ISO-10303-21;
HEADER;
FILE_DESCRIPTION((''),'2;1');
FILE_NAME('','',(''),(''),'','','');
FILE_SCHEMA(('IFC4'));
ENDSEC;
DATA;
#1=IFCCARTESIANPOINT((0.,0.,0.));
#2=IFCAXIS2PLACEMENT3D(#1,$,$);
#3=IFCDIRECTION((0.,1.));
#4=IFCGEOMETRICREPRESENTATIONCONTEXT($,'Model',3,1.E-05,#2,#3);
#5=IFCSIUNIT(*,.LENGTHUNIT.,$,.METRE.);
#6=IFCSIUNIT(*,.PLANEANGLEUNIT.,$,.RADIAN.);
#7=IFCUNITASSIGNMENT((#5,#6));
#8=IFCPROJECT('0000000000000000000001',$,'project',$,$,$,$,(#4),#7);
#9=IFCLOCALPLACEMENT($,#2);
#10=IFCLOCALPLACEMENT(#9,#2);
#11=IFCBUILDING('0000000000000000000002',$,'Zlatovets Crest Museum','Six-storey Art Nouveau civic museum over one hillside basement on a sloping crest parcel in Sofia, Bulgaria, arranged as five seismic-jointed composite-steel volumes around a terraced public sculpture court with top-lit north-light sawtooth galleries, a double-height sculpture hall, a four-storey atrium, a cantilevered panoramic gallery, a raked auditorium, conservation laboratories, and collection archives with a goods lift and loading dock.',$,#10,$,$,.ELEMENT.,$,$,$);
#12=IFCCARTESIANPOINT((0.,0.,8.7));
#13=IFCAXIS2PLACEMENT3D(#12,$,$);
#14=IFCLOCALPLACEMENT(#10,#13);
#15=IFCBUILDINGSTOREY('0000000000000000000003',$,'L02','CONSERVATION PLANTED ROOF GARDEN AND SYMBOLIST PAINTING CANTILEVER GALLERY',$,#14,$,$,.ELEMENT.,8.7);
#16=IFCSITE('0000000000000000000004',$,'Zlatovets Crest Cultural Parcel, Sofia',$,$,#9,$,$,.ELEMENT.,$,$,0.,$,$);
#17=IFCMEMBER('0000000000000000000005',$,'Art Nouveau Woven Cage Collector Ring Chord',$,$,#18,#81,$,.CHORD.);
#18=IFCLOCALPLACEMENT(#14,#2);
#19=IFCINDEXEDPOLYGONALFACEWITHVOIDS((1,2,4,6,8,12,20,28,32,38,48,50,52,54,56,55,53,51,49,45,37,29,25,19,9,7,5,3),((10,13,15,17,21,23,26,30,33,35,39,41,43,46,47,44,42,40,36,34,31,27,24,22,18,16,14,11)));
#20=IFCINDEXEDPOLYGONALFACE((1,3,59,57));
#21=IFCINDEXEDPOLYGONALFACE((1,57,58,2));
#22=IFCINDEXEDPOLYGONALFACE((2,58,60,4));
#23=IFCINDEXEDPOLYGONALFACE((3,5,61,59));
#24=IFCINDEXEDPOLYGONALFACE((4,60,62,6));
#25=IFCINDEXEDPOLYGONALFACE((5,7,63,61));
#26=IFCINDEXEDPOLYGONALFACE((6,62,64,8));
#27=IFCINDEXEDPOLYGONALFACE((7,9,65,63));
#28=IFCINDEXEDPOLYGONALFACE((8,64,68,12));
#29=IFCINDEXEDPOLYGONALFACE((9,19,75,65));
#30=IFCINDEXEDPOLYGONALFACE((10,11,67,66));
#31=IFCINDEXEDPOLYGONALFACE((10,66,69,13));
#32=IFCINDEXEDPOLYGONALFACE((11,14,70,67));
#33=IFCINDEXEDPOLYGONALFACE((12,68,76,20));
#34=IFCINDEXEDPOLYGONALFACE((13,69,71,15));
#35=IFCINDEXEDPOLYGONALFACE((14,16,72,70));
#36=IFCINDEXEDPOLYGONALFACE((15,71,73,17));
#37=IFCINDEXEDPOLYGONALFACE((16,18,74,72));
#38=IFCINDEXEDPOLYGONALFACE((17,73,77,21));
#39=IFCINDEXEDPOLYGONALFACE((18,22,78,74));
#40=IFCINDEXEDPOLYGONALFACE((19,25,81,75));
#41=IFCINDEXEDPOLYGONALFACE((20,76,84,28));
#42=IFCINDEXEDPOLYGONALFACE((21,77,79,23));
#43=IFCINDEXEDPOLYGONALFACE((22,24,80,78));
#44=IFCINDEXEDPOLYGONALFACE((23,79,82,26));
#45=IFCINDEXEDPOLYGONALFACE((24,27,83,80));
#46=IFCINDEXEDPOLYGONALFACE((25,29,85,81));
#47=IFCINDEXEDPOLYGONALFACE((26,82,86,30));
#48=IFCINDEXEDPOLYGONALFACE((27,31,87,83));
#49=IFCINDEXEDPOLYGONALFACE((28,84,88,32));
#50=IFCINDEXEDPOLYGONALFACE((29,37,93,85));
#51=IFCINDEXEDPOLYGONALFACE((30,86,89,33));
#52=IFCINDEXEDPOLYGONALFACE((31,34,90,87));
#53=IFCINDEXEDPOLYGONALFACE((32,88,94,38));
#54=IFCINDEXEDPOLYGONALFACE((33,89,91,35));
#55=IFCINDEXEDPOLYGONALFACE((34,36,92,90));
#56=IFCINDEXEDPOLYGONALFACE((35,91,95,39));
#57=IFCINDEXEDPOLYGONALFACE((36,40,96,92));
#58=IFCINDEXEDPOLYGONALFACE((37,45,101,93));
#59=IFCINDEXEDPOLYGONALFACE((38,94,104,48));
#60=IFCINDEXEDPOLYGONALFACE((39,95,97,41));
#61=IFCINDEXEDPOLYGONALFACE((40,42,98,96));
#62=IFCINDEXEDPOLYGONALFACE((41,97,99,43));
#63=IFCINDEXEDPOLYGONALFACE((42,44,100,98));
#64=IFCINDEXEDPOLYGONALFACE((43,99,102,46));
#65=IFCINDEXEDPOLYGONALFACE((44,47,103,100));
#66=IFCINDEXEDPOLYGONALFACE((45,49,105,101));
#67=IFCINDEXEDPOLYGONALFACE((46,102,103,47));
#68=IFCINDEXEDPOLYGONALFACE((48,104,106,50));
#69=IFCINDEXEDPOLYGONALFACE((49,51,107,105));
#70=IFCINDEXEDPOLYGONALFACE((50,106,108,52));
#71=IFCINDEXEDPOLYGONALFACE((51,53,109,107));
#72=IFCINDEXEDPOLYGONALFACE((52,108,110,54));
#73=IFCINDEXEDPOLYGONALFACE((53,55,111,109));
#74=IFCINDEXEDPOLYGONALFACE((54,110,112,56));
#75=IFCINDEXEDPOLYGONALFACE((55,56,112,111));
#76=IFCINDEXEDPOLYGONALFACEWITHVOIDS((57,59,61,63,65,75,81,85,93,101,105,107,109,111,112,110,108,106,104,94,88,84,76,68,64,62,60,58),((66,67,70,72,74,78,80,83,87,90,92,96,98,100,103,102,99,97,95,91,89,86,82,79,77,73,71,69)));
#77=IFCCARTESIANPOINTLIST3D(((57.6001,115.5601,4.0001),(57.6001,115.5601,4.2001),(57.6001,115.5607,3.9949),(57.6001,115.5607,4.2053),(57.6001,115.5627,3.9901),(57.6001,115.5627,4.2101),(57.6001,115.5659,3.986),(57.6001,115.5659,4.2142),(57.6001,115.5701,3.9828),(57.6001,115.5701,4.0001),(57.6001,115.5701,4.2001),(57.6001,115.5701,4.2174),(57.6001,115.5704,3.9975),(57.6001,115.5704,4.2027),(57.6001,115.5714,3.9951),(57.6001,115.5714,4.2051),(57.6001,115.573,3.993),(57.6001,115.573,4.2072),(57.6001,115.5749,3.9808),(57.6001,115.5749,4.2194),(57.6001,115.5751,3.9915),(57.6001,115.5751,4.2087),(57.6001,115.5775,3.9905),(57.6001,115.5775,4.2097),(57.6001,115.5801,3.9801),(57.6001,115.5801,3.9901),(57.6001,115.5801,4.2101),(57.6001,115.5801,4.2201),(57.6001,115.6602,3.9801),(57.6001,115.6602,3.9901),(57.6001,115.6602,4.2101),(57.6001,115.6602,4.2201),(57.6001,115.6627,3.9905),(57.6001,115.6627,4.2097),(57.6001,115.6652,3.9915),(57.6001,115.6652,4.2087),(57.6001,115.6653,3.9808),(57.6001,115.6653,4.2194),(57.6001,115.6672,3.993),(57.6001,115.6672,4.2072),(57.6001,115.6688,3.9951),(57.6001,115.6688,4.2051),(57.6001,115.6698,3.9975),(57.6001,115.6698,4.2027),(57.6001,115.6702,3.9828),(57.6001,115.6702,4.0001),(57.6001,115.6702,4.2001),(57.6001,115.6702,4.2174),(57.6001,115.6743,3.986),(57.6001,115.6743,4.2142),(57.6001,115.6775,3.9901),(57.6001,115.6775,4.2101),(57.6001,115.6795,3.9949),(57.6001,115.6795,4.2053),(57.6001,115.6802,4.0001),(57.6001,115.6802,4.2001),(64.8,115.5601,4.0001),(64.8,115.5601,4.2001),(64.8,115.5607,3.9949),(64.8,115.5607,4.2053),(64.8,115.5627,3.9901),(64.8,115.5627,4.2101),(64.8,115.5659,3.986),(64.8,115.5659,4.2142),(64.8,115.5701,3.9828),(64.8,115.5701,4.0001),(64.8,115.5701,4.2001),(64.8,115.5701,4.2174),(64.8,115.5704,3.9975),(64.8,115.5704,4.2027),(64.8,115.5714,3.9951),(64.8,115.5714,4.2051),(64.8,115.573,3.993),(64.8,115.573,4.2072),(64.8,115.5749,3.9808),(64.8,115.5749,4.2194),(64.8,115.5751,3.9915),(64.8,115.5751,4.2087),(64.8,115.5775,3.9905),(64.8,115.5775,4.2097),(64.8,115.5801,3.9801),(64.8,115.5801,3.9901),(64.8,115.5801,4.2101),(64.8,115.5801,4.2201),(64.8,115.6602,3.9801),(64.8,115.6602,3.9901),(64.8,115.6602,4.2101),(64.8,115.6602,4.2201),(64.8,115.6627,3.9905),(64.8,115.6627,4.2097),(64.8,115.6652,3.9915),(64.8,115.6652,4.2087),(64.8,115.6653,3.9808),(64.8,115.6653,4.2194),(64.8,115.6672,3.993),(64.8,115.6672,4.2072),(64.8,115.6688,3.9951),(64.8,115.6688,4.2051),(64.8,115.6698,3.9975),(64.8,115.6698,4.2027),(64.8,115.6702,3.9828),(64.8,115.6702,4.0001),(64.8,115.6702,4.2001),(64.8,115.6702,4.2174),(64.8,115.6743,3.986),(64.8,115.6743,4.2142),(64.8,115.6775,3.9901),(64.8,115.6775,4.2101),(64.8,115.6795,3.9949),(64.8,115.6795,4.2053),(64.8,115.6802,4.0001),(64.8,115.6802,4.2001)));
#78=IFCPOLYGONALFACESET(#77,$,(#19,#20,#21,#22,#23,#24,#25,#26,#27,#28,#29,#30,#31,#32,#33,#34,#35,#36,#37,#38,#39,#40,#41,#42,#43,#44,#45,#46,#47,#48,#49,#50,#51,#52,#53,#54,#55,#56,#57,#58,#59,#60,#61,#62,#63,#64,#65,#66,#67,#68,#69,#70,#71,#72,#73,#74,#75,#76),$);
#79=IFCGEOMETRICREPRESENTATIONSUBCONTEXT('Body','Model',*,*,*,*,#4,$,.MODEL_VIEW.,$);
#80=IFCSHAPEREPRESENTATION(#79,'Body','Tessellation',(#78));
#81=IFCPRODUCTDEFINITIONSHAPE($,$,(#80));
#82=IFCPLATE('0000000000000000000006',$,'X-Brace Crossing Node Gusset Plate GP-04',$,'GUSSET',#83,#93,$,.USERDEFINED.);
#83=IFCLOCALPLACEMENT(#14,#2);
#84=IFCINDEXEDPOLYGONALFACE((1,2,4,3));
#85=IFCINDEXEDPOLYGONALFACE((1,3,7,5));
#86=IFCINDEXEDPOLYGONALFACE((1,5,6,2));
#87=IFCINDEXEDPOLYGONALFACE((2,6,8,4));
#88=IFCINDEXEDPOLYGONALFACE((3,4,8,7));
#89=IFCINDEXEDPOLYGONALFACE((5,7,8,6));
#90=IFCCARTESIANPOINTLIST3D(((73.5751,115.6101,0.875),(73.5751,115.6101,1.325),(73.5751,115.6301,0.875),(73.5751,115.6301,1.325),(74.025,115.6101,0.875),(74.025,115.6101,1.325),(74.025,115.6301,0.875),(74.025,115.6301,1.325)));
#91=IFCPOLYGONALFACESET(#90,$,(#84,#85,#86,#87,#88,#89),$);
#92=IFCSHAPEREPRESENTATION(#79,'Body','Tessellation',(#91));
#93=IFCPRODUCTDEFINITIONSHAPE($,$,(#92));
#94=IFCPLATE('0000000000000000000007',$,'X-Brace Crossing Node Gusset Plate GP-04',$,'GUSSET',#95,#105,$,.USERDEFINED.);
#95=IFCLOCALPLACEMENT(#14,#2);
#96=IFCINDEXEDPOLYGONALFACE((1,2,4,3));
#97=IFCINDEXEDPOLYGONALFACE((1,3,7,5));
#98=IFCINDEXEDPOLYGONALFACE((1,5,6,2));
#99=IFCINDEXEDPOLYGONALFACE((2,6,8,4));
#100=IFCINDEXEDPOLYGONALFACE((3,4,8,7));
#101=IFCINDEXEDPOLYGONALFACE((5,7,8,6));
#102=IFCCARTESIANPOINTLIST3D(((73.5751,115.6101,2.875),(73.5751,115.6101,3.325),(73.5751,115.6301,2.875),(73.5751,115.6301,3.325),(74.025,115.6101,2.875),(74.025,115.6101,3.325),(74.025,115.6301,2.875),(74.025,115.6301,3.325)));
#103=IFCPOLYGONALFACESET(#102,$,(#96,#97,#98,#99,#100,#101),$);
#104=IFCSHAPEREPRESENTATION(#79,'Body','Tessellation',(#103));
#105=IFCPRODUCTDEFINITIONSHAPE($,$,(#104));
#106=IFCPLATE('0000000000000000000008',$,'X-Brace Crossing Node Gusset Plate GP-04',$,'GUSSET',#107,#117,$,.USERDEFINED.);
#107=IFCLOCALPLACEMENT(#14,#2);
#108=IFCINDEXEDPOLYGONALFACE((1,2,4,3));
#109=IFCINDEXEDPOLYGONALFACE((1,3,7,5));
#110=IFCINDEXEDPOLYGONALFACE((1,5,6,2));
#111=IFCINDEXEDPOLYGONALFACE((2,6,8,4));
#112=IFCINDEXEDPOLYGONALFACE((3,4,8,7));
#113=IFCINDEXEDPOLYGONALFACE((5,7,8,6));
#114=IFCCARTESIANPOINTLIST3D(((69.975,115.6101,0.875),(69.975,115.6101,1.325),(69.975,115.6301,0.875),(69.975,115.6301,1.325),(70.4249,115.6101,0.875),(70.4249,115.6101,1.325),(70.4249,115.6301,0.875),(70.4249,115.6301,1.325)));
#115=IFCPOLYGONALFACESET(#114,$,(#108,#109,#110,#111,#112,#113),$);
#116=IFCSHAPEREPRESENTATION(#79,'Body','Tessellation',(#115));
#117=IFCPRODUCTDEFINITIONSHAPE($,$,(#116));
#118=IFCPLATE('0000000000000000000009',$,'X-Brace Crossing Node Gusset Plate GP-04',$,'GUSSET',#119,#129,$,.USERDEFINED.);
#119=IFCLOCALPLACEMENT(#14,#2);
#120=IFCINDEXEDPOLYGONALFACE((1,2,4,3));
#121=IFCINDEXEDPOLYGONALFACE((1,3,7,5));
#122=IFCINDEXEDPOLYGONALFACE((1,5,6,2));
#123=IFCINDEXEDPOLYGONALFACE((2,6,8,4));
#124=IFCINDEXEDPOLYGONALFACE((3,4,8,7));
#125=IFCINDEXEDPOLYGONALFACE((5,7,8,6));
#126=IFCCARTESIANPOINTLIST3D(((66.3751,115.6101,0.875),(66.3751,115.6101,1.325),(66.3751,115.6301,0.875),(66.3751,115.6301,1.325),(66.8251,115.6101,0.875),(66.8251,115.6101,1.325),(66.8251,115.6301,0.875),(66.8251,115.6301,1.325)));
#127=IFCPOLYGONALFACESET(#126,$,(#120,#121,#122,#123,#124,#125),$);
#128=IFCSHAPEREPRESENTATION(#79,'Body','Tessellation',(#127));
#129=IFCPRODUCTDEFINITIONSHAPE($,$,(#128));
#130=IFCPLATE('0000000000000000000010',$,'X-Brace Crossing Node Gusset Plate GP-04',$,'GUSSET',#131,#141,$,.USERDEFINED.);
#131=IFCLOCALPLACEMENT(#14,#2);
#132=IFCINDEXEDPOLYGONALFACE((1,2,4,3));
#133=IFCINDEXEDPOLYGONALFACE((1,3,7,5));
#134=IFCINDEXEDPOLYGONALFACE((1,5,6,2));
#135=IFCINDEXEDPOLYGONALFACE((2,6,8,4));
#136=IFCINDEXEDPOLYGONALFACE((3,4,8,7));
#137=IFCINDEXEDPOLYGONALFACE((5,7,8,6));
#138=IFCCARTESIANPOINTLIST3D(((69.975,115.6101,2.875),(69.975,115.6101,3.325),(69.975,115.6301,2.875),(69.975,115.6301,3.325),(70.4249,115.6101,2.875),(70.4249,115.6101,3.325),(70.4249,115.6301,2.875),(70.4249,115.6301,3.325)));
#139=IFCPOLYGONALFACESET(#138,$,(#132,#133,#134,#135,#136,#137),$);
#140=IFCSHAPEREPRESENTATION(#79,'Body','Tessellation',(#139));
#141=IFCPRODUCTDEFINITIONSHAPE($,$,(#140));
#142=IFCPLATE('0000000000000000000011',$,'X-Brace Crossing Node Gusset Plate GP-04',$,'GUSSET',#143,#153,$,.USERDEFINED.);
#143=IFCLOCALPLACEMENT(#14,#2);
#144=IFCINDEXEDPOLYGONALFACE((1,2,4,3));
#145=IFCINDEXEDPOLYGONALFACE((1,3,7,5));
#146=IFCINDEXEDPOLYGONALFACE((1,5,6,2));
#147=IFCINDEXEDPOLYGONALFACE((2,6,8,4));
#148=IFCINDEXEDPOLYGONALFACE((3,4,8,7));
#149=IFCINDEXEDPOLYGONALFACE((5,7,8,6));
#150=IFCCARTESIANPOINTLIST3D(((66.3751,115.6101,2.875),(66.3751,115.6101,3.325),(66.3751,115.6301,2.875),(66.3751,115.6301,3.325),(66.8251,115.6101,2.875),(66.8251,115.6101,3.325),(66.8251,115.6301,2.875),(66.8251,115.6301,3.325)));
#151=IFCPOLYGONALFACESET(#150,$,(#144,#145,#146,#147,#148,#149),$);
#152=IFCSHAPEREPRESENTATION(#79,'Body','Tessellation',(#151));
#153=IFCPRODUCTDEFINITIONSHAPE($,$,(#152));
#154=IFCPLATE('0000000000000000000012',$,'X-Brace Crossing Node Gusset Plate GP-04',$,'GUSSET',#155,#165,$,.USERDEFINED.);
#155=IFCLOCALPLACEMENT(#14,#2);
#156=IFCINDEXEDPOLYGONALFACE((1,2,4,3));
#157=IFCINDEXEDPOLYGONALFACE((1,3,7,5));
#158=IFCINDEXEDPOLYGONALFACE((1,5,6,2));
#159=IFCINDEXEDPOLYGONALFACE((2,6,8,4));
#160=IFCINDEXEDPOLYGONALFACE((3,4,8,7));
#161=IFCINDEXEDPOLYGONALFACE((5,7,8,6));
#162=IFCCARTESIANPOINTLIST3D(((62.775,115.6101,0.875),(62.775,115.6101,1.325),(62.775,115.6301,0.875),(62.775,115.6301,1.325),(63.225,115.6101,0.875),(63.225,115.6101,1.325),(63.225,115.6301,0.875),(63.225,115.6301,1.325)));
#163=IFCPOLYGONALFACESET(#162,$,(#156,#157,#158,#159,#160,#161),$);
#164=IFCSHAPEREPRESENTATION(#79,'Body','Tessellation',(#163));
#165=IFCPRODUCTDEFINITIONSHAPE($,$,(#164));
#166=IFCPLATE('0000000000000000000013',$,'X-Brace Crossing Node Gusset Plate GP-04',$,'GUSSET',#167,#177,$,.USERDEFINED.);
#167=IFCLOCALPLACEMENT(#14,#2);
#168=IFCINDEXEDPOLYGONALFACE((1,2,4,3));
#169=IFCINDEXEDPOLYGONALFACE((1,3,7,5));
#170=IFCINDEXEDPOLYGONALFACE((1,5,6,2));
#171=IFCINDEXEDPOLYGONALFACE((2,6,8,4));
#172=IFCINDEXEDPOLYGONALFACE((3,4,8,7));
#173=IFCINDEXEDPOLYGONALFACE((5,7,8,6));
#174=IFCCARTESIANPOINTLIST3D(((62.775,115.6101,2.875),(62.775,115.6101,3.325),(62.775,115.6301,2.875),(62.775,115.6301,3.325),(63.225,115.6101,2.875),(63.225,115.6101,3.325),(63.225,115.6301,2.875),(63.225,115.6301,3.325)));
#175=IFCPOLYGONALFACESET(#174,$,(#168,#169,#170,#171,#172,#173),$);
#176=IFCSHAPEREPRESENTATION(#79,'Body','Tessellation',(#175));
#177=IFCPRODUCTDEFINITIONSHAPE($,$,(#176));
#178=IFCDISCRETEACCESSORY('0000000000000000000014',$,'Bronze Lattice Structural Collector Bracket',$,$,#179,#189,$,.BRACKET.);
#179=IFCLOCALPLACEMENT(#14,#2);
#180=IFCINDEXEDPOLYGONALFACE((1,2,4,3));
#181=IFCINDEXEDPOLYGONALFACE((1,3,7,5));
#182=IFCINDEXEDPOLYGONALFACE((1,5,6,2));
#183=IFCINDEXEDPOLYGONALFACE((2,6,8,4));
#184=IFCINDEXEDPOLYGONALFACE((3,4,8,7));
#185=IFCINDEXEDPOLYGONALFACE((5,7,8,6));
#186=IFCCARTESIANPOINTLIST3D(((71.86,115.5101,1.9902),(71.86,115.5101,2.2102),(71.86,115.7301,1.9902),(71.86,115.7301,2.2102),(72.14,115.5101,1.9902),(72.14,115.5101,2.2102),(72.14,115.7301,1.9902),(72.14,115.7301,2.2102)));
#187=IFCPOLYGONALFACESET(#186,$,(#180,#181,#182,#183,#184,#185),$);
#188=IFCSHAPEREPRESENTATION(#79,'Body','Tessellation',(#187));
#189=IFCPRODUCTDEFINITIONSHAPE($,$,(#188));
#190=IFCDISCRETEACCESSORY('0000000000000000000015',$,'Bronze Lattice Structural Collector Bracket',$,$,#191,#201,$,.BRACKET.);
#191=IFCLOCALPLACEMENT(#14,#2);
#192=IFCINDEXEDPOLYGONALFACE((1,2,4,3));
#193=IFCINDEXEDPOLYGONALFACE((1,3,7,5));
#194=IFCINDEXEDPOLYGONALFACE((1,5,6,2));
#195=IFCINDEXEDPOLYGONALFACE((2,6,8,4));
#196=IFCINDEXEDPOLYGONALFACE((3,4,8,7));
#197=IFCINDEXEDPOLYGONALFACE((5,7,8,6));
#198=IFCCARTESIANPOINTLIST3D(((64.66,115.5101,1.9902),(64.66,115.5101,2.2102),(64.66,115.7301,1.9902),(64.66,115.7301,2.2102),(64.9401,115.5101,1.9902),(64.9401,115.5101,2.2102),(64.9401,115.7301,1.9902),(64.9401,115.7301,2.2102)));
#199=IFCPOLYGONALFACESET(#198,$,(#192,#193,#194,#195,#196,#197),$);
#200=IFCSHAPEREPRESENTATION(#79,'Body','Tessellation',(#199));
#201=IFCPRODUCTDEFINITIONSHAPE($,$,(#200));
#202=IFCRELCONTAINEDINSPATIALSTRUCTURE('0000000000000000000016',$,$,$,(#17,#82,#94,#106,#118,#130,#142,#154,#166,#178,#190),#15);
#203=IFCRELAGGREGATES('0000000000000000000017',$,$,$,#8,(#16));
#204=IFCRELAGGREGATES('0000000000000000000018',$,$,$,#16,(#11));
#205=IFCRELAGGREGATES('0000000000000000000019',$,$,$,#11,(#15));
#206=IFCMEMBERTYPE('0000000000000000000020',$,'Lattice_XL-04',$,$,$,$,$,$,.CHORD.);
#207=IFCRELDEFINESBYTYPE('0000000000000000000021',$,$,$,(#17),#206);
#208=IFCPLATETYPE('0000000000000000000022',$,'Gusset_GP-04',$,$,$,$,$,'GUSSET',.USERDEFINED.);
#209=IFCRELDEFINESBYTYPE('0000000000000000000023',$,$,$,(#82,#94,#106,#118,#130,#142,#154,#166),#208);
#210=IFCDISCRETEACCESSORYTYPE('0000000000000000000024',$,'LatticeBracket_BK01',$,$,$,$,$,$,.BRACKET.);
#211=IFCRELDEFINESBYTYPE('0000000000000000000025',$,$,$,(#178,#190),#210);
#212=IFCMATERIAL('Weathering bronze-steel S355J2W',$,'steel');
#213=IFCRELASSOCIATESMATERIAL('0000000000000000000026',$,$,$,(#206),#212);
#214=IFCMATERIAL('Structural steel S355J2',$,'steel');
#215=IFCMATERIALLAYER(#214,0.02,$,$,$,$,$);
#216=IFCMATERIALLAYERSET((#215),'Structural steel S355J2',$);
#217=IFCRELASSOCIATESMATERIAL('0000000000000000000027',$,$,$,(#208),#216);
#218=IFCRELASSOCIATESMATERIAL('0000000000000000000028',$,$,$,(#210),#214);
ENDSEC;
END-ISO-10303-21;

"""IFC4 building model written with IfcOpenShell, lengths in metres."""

from ifc_helpers import new_model, si_unit, direction, frame, origin, origin_2d, place, context, subcontext, project, spatial, rectangle, hollow_rectangle, extrude, material, layer, layer_set, material_profile, profile_set, type_object, element, save


model = new_model("IFC4")

# Units and contexts
model_context = context("Model", 3, precision=1e-05, world=origin(), true_north=direction((0.0, 1.0)))
body_context = subcontext(model_context, "Body", "Model", "MODEL_VIEW")
ifc_project = project(units=[si_unit("LENGTHUNIT", "METRE"), si_unit("PLANEANGLEUNIT", "RADIAN")], contexts=[model_context])

# Site, building, storey
site_placement = place(None, origin())
site = spatial("IfcSite", under=ifc_project, at=site_placement, Name="Zlatovets Crest Cultural Parcel, Sofia", CompositionType="ELEMENT", RefElevation=0.0)
building_placement = place(site_placement, origin())
building = spatial("IfcBuilding", under=site, at=building_placement, Name="Zlatovets Crest Museum", Description="Six-storey Art Nouveau civic museum over one hillside basement on a sloping crest parcel in Sofia, Bulgaria, arranged as five seismic-jointed composite-steel volumes around a terraced public sculpture court with top-lit north-light sawtooth galleries, a double-height sculpture hall, a four-storey atrium, a cantilevered panoramic gallery, a raked auditorium, conservation laboratories, and collection archives with a goods lift and loading dock.", CompositionType="ELEMENT")
storey_placement = place(building_placement, frame((0.0, 0.0, 8.7)))
storey = spatial("IfcBuildingStorey", under=building, at=storey_placement, Name="L02", Description="CONSERVATION PLANTED ROOF GARDEN AND SYMBOLIST PAINTING CANTILEVER GALLERY", CompositionType="ELEMENT", Elevation=8.7)

# Member
ifc_material_1 = material(Name="Weathering bronze-steel S355J2W", Category="steel")
ifc_material_profile_1 = material_profile(ifc_material_1, hollow_rectangle(XDim=0.1201, YDim=0.24, WallThickness=0.01, InnerFilletRadius=0.01, OuterFilletRadius=0.02, at=origin_2d()), Name="RHS 120x240x10.0")
ifc_profile_set_1 = profile_set([ifc_material_profile_1], Name="Weathering bronze-steel S355J2W")
member_type_1 = type_object("IfcMemberType", Name="Lattice_XL-04", PredefinedType="CHORD", material=ifc_profile_set_1)
for number, where, z_axis, x_axis, name in (
    (1, (64.8, 115.6201, 4.1001), (-1.0, 0.0, 0.0), (0.0, -1.0, 0.0), "Art Nouveau Woven Cage Collector Ring Chord"),
):
    element("IfcMember", number, at=place(storey_placement, frame(where, z_axis=z_axis, x_axis=x_axis)), inside=storey, type_object=member_type_1, Name=name, PredefinedType="CHORD", context=body_context, shape_type="SweptSolid", body=[
        extrude(hollow_rectangle(XDim=0.1201, YDim=0.24, WallThickness=0.01, InnerFilletRadius=0.01, OuterFilletRadius=0.02, at=origin_2d()), origin(), (0.0, 0.0, 1.0), 7.2),
    ])

# Plates
ifc_material_2 = material(Name="Structural steel S355J2", Category="steel")
ifc_layer = layer(ifc_material_2, 0.02)
ifc_layer_set = layer_set([ifc_layer], Name="Structural steel S355J2")
plate_type = type_object("IfcPlateType", Name="Gusset_GP-04", ElementType="GUSSET", PredefinedType="USERDEFINED", material=ifc_layer_set)
for number, where, z_axis, x_axis, name in (
    (2, (73.8, 115.6201, 0.875), (0.0, 0.0, 1.0), (1.0, 0.0, 0.0), "X-Brace Crossing Node Gusset Plate GP-04"),
    (3, (73.8, 115.6201, 2.875), (0.0, 0.0, 1.0), (1.0, 0.0, 0.0), "X-Brace Crossing Node Gusset Plate GP-04"),
    (4, (70.2, 115.6201, 0.875), (0.0, 0.0, 1.0), (1.0, 0.0, 0.0), "X-Brace Crossing Node Gusset Plate GP-04"),
    (5, (66.6001, 115.6201, 0.875), (0.0, 0.0, 1.0), (1.0, 0.0, 0.0), "X-Brace Crossing Node Gusset Plate GP-04"),
    (6, (70.2, 115.6201, 2.875), (0.0, 0.0, 1.0), (1.0, 0.0, 0.0), "X-Brace Crossing Node Gusset Plate GP-04"),
    (7, (66.6001, 115.6201, 2.875), (0.0, 0.0, 1.0), (1.0, 0.0, 0.0), "X-Brace Crossing Node Gusset Plate GP-04"),
    (8, (63.0, 115.6201, 0.875), (0.0, 0.0, 1.0), (1.0, 0.0, 0.0), "X-Brace Crossing Node Gusset Plate GP-04"),
    (9, (63.0, 115.6201, 2.875), (0.0, 0.0, 1.0), (1.0, 0.0, 0.0), "X-Brace Crossing Node Gusset Plate GP-04"),
):
    element("IfcPlate", number, at=place(storey_placement, frame(where, z_axis=z_axis, x_axis=x_axis)), inside=storey, type_object=plate_type, Name=name, ObjectType="GUSSET", PredefinedType="USERDEFINED", context=body_context, shape_type="SweptSolid", body=[
        extrude(rectangle(XDim=0.45, YDim=0.02, at=origin_2d()), origin(), (0.0, 0.0, 1.0), 0.45),
    ])

# Discrete accessories
discrete_accessory_type = type_object("IfcDiscreteAccessoryType", Name="LatticeBracket_BK01", PredefinedType="BRACKET", material=ifc_material_2)
for number, where, z_axis, x_axis, name in (
    (10, (72.0, 115.6201, 1.9902), (0.0, 0.0, 1.0), (1.0, 0.0, 0.0), "Bronze Lattice Structural Collector Bracket"),
    (11, (64.8, 115.6201, 1.9902), (0.0, 0.0, 1.0), (1.0, 0.0, 0.0), "Bronze Lattice Structural Collector Bracket"),
):
    element("IfcDiscreteAccessory", number, at=place(storey_placement, frame(where, z_axis=z_axis, x_axis=x_axis)), inside=storey, type_object=discrete_accessory_type, Name=name, PredefinedType="BRACKET", context=body_context, shape_type="SweptSolid", body=[
        extrude(rectangle(XDim=0.28, YDim=0.22, at=origin_2d()), origin(), (0.0, 0.0, 1.0), 0.22),
    ])

save(model, "model.ifc")
